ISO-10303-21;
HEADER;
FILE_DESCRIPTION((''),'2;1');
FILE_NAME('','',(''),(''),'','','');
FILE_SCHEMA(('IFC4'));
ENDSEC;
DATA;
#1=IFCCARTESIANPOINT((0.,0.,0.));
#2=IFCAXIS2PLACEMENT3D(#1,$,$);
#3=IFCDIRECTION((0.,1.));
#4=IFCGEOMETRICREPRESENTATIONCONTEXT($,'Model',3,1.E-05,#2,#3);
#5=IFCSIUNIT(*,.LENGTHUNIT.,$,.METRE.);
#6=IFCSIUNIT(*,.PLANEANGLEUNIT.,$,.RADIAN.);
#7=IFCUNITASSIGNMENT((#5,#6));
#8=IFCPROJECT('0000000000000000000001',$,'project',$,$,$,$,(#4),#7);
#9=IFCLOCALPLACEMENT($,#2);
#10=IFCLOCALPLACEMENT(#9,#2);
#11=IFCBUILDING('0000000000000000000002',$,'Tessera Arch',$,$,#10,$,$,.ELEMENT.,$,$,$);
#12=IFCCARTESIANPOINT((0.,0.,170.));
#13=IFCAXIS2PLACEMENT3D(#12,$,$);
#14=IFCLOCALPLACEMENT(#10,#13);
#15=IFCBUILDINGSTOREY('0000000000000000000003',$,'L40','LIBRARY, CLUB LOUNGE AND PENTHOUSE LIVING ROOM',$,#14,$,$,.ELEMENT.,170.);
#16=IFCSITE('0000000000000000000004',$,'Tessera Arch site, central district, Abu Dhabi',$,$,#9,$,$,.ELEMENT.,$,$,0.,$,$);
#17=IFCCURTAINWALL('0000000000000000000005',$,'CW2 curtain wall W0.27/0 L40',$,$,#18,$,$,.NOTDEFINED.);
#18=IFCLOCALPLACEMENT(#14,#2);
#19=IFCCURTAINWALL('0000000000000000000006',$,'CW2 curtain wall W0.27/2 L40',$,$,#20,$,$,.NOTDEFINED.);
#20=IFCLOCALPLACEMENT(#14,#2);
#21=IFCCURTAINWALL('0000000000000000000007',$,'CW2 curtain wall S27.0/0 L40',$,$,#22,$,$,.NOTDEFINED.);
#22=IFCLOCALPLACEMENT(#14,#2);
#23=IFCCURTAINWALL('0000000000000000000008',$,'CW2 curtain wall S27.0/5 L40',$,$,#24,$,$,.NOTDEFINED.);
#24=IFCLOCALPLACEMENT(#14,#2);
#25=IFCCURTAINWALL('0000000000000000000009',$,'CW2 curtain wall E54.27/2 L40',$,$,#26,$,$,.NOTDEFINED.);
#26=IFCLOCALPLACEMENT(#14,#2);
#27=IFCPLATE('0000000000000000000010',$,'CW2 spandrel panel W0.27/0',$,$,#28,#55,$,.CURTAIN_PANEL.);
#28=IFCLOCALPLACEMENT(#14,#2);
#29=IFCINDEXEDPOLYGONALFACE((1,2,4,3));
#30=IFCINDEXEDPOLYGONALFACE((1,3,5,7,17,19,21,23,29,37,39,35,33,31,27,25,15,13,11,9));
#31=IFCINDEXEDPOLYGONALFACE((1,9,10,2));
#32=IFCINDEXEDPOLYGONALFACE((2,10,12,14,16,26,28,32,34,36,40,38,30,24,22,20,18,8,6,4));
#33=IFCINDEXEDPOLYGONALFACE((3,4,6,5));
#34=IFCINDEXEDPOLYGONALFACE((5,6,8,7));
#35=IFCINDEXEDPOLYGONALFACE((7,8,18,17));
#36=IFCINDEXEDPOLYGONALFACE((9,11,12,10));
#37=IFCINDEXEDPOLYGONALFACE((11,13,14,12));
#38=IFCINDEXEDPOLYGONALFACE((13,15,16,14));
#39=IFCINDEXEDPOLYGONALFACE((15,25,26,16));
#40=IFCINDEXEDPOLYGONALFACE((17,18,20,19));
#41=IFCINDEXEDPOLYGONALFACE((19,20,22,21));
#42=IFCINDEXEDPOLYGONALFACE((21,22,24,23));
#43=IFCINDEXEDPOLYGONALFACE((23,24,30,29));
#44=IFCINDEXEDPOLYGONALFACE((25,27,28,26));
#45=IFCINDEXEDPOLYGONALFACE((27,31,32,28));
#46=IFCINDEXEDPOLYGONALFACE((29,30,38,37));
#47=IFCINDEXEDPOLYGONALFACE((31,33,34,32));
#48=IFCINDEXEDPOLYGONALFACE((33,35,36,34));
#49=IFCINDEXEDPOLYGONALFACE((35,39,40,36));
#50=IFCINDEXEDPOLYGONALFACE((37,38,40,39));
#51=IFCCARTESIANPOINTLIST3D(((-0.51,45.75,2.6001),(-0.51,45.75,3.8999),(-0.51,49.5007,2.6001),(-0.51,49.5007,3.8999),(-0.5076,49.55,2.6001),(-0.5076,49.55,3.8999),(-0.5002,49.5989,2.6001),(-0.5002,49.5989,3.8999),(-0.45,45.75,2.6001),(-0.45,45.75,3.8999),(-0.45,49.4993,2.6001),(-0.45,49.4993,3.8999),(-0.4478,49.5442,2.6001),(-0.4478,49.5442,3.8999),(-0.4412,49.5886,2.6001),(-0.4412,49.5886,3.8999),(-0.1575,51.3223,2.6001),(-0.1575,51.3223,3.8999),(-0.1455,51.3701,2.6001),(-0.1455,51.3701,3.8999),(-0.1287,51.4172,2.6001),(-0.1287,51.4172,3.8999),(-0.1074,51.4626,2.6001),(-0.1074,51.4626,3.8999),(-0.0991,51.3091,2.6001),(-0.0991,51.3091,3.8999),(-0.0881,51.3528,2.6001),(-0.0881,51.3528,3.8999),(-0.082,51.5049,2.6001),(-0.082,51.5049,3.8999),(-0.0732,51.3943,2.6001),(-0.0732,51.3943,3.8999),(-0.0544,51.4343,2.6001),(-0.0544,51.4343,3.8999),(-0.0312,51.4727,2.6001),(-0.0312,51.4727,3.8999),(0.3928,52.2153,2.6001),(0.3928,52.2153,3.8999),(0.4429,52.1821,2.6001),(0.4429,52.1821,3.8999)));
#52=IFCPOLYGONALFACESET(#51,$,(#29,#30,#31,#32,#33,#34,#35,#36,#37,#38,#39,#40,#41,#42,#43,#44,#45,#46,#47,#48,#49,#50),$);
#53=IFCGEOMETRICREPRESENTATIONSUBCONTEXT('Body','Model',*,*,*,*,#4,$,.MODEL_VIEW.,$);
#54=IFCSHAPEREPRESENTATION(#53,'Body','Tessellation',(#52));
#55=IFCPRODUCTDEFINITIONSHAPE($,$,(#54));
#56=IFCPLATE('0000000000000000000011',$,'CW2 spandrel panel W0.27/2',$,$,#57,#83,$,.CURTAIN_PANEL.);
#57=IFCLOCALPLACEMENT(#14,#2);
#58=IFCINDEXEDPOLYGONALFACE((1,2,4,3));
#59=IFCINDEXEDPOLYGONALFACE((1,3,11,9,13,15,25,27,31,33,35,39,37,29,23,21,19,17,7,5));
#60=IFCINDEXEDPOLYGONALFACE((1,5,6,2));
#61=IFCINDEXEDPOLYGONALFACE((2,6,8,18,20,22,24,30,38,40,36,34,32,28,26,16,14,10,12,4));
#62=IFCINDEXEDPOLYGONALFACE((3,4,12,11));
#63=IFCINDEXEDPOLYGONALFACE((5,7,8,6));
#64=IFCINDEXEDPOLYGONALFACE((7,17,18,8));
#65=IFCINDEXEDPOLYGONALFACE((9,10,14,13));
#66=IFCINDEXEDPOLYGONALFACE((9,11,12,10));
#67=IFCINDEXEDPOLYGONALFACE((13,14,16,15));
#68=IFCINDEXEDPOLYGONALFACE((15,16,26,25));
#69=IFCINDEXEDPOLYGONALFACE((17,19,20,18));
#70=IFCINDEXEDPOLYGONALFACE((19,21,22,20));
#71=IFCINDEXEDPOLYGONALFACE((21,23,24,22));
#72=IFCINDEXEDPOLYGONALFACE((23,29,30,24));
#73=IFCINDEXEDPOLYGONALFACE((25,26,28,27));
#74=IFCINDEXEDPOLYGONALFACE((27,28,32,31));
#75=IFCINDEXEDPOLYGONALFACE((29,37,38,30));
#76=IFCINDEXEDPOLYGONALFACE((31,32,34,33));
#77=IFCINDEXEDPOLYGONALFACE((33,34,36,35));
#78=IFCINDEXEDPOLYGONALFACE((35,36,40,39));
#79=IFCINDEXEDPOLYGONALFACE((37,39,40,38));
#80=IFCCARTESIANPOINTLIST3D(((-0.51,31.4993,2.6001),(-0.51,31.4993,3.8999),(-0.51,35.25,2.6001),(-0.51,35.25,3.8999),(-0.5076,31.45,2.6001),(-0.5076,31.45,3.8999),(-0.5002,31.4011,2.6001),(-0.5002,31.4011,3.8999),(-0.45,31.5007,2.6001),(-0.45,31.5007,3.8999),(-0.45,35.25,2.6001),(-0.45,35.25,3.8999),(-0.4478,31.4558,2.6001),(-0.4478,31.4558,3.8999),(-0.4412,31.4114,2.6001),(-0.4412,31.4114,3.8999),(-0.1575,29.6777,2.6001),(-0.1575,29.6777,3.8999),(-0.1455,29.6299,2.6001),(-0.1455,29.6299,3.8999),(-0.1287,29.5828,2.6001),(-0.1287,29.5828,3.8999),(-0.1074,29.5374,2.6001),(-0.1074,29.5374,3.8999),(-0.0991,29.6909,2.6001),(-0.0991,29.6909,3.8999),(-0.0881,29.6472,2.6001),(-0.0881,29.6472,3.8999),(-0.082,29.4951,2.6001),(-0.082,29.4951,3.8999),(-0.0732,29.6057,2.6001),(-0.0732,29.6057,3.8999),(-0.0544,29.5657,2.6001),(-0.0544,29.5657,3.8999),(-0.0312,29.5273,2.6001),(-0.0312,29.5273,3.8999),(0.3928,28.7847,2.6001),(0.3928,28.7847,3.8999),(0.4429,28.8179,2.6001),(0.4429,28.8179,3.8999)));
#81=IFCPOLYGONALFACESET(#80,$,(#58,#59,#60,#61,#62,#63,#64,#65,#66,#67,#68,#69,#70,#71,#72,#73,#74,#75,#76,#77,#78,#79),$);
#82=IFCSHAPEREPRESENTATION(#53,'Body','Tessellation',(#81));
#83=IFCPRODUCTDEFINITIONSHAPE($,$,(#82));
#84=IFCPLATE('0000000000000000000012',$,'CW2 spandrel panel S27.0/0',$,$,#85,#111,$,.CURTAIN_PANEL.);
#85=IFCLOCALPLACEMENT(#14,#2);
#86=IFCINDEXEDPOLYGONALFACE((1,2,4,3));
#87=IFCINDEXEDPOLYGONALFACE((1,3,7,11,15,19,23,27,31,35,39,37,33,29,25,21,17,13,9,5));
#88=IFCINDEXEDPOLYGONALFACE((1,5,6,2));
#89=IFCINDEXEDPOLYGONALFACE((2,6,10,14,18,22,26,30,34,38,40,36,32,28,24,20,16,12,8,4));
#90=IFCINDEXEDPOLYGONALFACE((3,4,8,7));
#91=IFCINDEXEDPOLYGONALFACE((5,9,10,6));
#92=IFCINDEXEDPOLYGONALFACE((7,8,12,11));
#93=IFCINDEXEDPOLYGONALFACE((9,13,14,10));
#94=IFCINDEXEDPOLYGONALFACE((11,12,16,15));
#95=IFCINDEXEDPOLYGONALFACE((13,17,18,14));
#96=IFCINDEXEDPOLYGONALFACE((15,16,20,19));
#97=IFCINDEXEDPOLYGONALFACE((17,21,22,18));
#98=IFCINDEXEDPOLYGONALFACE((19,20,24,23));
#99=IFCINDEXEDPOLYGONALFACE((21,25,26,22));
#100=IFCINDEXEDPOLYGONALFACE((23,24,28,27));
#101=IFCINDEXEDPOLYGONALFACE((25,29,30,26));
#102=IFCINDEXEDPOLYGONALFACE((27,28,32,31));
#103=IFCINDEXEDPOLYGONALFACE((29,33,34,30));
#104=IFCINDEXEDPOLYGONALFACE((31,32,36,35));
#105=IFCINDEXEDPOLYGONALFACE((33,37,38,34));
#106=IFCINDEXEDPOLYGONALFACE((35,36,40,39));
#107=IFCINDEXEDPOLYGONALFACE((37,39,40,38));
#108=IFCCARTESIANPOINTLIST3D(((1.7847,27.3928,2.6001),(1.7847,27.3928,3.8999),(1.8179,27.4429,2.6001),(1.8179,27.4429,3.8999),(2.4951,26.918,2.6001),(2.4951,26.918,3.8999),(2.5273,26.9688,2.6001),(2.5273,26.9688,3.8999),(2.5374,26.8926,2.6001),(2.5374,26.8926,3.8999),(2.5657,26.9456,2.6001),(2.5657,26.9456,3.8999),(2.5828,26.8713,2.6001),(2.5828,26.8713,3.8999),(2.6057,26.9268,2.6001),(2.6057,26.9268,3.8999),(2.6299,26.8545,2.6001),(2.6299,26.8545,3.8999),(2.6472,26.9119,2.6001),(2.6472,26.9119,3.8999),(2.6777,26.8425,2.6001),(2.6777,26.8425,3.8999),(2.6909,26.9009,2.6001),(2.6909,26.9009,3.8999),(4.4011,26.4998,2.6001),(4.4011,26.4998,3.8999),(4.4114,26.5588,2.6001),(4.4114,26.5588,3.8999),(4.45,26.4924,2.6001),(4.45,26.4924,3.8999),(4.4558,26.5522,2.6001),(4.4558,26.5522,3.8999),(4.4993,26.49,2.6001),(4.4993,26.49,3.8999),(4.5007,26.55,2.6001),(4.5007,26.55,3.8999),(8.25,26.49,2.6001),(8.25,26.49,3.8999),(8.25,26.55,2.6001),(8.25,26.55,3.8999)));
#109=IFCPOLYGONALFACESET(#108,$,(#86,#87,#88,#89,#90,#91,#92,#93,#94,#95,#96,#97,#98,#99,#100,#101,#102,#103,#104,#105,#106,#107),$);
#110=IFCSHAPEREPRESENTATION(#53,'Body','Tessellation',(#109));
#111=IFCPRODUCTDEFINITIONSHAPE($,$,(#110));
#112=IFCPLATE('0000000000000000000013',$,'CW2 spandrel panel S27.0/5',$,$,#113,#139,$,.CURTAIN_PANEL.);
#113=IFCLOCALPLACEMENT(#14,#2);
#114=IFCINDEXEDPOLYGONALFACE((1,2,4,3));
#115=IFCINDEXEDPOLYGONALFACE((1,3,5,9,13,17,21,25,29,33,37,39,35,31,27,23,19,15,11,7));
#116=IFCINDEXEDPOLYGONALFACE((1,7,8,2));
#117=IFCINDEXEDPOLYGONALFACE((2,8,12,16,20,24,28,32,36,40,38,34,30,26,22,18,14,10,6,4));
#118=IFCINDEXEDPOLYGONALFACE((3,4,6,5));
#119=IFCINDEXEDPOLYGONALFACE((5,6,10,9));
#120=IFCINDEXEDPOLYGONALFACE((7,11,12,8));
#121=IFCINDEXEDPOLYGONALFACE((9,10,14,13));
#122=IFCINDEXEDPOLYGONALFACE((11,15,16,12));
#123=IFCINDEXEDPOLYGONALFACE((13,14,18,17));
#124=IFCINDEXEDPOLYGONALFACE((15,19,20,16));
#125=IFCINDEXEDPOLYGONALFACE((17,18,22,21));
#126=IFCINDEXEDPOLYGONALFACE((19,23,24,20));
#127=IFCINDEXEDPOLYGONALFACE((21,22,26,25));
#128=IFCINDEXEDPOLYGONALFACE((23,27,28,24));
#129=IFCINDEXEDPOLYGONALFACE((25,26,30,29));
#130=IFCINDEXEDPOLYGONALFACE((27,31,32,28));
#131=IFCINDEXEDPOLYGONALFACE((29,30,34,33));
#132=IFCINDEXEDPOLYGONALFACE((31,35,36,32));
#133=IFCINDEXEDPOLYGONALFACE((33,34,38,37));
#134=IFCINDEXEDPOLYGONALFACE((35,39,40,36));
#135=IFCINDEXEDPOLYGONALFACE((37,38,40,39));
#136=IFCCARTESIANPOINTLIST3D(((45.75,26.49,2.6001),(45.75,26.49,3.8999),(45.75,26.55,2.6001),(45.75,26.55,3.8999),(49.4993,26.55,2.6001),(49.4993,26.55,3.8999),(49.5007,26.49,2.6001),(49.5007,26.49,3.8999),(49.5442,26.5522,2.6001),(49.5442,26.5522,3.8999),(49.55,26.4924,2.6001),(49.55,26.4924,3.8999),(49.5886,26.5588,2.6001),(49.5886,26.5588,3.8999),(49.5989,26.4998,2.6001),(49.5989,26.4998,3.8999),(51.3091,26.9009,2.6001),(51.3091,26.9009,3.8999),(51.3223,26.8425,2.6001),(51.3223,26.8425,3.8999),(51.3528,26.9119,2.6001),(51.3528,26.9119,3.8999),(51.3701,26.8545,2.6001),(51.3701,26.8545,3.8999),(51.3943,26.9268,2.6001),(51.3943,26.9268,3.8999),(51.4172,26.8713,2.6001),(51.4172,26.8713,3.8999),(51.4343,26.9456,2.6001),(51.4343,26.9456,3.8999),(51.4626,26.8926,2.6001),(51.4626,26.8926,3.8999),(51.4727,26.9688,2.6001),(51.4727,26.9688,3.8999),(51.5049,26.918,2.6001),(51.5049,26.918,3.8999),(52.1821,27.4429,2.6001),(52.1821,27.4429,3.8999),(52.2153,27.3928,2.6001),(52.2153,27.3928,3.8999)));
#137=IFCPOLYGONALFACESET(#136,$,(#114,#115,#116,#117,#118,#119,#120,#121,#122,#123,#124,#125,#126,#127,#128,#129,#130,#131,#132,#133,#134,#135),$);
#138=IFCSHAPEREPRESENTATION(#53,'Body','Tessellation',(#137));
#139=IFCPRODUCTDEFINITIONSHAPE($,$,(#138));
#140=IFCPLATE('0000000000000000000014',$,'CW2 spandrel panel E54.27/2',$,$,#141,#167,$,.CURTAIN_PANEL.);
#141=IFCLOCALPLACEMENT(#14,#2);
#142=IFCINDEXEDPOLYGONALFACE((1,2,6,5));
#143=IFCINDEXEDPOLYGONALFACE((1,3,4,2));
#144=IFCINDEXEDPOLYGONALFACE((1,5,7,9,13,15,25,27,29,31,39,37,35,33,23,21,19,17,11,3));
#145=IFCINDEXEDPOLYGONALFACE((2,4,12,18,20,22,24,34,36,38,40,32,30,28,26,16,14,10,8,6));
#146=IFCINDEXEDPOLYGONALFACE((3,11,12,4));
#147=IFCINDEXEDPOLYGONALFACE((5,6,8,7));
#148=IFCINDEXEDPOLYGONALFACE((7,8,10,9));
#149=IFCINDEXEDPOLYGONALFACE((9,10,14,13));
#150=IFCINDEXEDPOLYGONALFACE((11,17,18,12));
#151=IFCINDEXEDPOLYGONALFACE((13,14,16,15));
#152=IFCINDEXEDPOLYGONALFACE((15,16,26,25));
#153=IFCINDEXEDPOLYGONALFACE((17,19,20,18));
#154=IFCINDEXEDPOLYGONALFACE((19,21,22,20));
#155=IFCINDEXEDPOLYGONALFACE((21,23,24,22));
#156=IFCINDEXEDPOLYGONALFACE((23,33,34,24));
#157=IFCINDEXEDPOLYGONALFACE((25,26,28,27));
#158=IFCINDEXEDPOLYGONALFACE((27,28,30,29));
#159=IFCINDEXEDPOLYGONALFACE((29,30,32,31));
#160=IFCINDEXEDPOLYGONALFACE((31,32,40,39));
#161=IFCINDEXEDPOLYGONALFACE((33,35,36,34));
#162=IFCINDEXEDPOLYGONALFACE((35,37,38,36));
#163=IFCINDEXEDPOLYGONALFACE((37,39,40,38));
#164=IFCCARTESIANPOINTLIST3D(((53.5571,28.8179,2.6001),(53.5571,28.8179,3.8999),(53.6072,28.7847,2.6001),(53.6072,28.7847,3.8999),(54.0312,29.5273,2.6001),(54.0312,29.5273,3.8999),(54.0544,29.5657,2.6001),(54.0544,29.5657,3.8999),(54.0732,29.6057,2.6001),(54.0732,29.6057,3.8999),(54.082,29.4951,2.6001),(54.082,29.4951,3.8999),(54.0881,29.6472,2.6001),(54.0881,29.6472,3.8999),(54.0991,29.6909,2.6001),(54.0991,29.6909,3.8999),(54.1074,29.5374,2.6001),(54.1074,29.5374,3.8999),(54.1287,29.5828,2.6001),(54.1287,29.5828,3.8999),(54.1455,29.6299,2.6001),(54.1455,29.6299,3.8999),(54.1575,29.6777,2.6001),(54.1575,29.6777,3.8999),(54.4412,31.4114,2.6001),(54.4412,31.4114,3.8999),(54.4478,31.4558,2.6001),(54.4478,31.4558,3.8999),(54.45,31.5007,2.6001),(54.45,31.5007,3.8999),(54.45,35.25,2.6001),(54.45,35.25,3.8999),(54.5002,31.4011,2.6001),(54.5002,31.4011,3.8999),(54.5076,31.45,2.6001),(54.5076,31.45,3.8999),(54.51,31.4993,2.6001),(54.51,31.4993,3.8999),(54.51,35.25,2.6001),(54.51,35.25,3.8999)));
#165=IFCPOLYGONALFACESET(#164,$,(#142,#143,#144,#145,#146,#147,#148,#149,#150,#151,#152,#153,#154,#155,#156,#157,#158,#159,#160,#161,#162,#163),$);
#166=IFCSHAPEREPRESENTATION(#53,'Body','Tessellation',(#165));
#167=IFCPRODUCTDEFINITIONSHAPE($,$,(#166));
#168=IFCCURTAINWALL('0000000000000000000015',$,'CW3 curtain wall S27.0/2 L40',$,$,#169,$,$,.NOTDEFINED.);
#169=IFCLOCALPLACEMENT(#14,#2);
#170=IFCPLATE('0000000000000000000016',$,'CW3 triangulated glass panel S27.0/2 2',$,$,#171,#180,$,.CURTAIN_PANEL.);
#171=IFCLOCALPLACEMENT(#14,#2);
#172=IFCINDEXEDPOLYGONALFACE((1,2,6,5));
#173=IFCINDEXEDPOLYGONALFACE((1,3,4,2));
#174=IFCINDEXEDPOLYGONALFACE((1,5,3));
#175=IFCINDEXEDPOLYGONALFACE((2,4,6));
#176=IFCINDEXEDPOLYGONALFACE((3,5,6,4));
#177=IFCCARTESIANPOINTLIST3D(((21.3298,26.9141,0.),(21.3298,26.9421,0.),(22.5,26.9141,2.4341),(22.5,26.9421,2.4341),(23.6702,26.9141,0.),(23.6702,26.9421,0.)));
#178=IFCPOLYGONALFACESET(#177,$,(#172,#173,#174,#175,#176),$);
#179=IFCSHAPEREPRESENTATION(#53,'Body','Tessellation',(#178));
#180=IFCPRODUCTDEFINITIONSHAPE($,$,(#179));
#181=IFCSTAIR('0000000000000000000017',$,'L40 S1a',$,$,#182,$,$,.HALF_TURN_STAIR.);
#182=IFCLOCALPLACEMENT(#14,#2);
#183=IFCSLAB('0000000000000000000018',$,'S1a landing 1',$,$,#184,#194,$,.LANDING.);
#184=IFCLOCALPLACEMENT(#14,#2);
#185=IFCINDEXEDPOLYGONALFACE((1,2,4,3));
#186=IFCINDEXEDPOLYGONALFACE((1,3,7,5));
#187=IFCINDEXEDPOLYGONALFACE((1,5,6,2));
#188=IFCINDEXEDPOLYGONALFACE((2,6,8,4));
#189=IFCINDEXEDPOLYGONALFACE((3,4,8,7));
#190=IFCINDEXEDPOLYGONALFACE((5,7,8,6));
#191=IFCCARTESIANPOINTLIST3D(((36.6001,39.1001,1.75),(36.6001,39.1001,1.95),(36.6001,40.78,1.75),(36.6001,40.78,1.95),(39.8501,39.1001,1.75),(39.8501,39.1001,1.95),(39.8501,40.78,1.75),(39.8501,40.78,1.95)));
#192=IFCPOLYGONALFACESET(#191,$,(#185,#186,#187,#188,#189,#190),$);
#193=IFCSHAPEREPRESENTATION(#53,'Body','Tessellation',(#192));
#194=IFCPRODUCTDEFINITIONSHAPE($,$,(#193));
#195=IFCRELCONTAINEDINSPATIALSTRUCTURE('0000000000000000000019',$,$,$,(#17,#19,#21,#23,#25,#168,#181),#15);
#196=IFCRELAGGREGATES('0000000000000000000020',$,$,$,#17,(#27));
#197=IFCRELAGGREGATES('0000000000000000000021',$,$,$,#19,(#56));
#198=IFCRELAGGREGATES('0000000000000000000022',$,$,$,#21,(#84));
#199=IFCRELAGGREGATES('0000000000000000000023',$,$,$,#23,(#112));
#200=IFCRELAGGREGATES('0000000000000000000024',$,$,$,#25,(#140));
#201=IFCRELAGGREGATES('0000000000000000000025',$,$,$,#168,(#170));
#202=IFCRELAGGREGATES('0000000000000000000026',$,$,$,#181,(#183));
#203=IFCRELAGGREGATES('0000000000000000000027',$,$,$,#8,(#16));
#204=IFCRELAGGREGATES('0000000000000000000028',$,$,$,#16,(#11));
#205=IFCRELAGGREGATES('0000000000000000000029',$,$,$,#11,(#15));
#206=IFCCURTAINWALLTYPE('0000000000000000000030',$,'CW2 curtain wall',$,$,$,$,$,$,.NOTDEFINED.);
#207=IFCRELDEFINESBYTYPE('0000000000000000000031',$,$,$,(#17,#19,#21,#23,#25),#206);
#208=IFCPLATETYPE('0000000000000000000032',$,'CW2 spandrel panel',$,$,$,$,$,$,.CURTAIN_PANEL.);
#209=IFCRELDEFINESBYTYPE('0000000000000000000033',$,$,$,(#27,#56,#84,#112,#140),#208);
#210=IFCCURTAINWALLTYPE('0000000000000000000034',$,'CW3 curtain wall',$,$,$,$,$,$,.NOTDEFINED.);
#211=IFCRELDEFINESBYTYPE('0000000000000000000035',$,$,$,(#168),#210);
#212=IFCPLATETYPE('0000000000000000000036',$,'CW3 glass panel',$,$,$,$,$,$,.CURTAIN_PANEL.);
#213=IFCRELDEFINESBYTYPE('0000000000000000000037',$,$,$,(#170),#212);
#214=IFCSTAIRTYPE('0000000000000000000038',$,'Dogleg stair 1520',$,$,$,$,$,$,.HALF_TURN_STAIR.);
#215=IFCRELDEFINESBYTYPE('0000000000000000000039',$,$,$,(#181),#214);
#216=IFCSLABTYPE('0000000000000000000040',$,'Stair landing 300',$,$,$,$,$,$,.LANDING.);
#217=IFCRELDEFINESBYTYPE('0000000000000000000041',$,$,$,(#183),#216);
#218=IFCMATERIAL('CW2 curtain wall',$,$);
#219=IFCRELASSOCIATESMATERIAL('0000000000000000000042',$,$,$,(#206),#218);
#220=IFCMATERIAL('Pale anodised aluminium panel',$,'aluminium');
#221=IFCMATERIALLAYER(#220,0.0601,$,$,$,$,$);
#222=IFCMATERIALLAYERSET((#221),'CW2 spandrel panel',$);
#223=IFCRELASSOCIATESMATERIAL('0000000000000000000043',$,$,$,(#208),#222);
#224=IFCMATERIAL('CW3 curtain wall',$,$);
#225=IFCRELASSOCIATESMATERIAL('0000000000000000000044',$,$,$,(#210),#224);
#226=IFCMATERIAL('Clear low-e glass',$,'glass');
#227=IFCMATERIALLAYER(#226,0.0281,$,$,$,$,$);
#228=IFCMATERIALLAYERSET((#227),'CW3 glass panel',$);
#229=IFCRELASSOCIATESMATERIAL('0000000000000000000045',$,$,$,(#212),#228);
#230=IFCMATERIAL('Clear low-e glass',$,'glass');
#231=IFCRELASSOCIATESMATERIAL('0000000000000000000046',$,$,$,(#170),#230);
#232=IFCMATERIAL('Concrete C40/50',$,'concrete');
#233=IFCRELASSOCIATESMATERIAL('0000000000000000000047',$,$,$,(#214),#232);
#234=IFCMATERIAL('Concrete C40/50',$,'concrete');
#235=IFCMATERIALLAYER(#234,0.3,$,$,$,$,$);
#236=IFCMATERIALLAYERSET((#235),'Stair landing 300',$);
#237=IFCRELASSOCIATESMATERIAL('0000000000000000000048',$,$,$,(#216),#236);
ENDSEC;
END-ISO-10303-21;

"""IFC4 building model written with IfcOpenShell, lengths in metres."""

from ifc_helpers import new_model, si_unit, direction, frame, origin, place, context, subcontext, project, spatial, polyline, outline, extrude, material, layer, layer_set, type_object, element, aggregate, save


model = new_model("IFC4")

# Units and contexts
model_context = context("Model", 3, precision=1e-05, world=origin(), true_north=direction((0.0, 1.0)))
body_context = subcontext(model_context, "Body", "Model", "MODEL_VIEW")
ifc_project = project(units=[si_unit("LENGTHUNIT", "METRE"), si_unit("PLANEANGLEUNIT", "RADIAN")], contexts=[model_context])

# Site, building, storey
site_placement = place(None, origin())
site = spatial("IfcSite", under=ifc_project, at=site_placement, Name="Tessera Arch site, central district, Abu Dhabi", CompositionType="ELEMENT", RefElevation=0.0)
building_placement = place(site_placement, origin())
building = spatial("IfcBuilding", under=site, at=building_placement, Name="Tessera Arch", CompositionType="ELEMENT")
storey_placement = place(building_placement, frame((0.0, 0.0, 170.0)))
storey = spatial("IfcBuildingStorey", under=building, at=storey_placement, Name="L40", Description="LIBRARY, CLUB LOUNGE AND PENTHOUSE LIVING ROOM", CompositionType="ELEMENT", Elevation=170.0)

# Curtain walls
ifc_material_1 = material(Name="CW2 curtain wall")
curtain_wall_type_1 = type_object("IfcCurtainWallType", Name="CW2 curtain wall", PredefinedType="NOTDEFINED", material=ifc_material_1)
curtain_wall_1_placement = place(storey_placement, origin())
curtain_wall_1 = element("IfcCurtainWall", 1, at=curtain_wall_1_placement, inside=storey, type_object=curtain_wall_type_1, Name="CW2 curtain wall W0.27/0 L40", PredefinedType="NOTDEFINED")
curtain_wall_2_placement = place(storey_placement, origin())
curtain_wall_2 = element("IfcCurtainWall", 2, at=curtain_wall_2_placement, inside=storey, type_object=curtain_wall_type_1, Name="CW2 curtain wall W0.27/2 L40", PredefinedType="NOTDEFINED")
curtain_wall_3_placement = place(storey_placement, origin())
curtain_wall_3 = element("IfcCurtainWall", 3, at=curtain_wall_3_placement, inside=storey, type_object=curtain_wall_type_1, Name="CW2 curtain wall S27.0/0 L40", PredefinedType="NOTDEFINED")
curtain_wall_4_placement = place(storey_placement, origin())
curtain_wall_4 = element("IfcCurtainWall", 4, at=curtain_wall_4_placement, inside=storey, type_object=curtain_wall_type_1, Name="CW2 curtain wall S27.0/5 L40", PredefinedType="NOTDEFINED")
curtain_wall_5_placement = place(storey_placement, origin())
curtain_wall_5 = element("IfcCurtainWall", 5, at=curtain_wall_5_placement, inside=storey, type_object=curtain_wall_type_1, Name="CW2 curtain wall E54.27/2 L40", PredefinedType="NOTDEFINED")

# Plates
ifc_material_2 = material(Name="Clear low-e glass", Category="glass")
ifc_material_3 = material(Name="Pale anodised aluminium panel", Category="aluminium")
ifc_layer_1 = layer(ifc_material_3, 0.0601)
ifc_layer_set_1 = layer_set([ifc_layer_1], Name="CW2 spandrel panel")
plate_type_1 = type_object("IfcPlateType", Name="CW2 spandrel panel", PredefinedType="CURTAIN_PANEL", material=ifc_layer_set_1)
plate_1_placement = place(storey_placement, frame((0.0, 0.0, 2.6001)))
plate_1 = element("IfcPlate", 6, at=plate_1_placement, type_object=plate_type_1, Name="CW2 spandrel panel W0.27/0", PredefinedType="CURTAIN_PANEL", context=body_context, shape_type="SweptSolid", body=[
    extrude(outline(polyline([(-0.0312, 51.4727), (0.4429, 52.1821), (0.3928, 52.2153), (-0.082, 51.5049), (-0.1074, 51.4626), (-0.1287, 51.4172), (-0.1455, 51.3701), (-0.1575, 51.3223), (-0.5002, 49.5989), (-0.5076, 49.55), (-0.51, 49.5007), (-0.51, 45.75), (-0.45, 45.75), (-0.45, 49.4993), (-0.4478, 49.5442), (-0.4412, 49.5886), (-0.0991, 51.3091), (-0.0881, 51.3528), (-0.0732, 51.3943), (-0.0544, 51.4343), (-0.0312, 51.4727)])), origin(), (0.0, 0.0, 1.0), 1.2998),
])
aggregate(curtain_wall_1, [plate_1])
plate_2_placement = place(storey_placement, frame((0.0, 0.0, 2.6001)))
plate_2 = element("IfcPlate", 7, at=plate_2_placement, type_object=plate_type_1, Name="CW2 spandrel panel W0.27/2", PredefinedType="CURTAIN_PANEL", context=body_context, shape_type="SweptSolid", body=[
    extrude(outline(polyline([(-0.45, 31.5007), (-0.45, 35.25), (-0.51, 35.25), (-0.51, 31.4993), (-0.5076, 31.45), (-0.5002, 31.4011), (-0.1575, 29.6777), (-0.1455, 29.6299), (-0.1287, 29.5828), (-0.1074, 29.5374), (-0.082, 29.4951), (0.3928, 28.7847), (0.4429, 28.8179), (-0.0312, 29.5273), (-0.0544, 29.5657), (-0.0732, 29.6057), (-0.0881, 29.6472), (-0.0991, 29.6909), (-0.4412, 31.4114), (-0.4478, 31.4558), (-0.45, 31.5007)])), origin(), (0.0, 0.0, 1.0), 1.2998),
])
aggregate(curtain_wall_2, [plate_2])
plate_3_placement = place(storey_placement, frame((0.0, 0.0, 2.6001)))
plate_3 = element("IfcPlate", 8, at=plate_3_placement, type_object=plate_type_1, Name="CW2 spandrel panel S27.0/0", PredefinedType="CURTAIN_PANEL", context=body_context, shape_type="SweptSolid", body=[
    extrude(outline(polyline([(2.5273, 26.9688), (1.8179, 27.4429), (1.7847, 27.3928), (2.4951, 26.918), (2.5374, 26.8926), (2.5828, 26.8713), (2.6299, 26.8545), (2.6777, 26.8425), (4.4011, 26.4998), (4.45, 26.4924), (4.4993, 26.49), (8.25, 26.49), (8.25, 26.55), (4.5007, 26.55), (4.4558, 26.5522), (4.4114, 26.5588), (2.6909, 26.9009), (2.6472, 26.9119), (2.6057, 26.9268), (2.5657, 26.9456), (2.5273, 26.9688)])), origin(), (0.0, 0.0, 1.0), 1.2998),
])
aggregate(curtain_wall_3, [plate_3])
plate_4_placement = place(storey_placement, frame((0.0, 0.0, 2.6001)))
plate_4 = element("IfcPlate", 9, at=plate_4_placement, type_object=plate_type_1, Name="CW2 spandrel panel S27.0/5", PredefinedType="CURTAIN_PANEL", context=body_context, shape_type="SweptSolid", body=[
    extrude(outline(polyline([(49.4993, 26.55), (45.75, 26.55), (45.75, 26.49), (49.5007, 26.49), (49.55, 26.4924), (49.5989, 26.4998), (51.3223, 26.8425), (51.3701, 26.8545), (51.4172, 26.8713), (51.4626, 26.8926), (51.5049, 26.918), (52.2153, 27.3928), (52.1821, 27.4429), (51.4727, 26.9688), (51.4343, 26.9456), (51.3943, 26.9268), (51.3528, 26.9119), (51.3091, 26.9009), (49.5886, 26.5588), (49.5442, 26.5522), (49.4993, 26.55)])), origin(), (0.0, 0.0, 1.0), 1.2998),
])
aggregate(curtain_wall_4, [plate_4])
plate_5_placement = place(storey_placement, frame((0.0, 0.0, 2.6001)))
plate_5 = element("IfcPlate", 10, at=plate_5_placement, type_object=plate_type_1, Name="CW2 spandrel panel E54.27/2", PredefinedType="CURTAIN_PANEL", context=body_context, shape_type="SweptSolid", body=[
    extrude(outline(polyline([(54.0312, 29.5273), (53.5571, 28.8179), (53.6072, 28.7847), (54.082, 29.4951), (54.1074, 29.5374), (54.1287, 29.5828), (54.1455, 29.6299), (54.1575, 29.6777), (54.5002, 31.4011), (54.5076, 31.45), (54.51, 31.4993), (54.51, 35.25), (54.45, 35.25), (54.45, 31.5007), (54.4478, 31.4558), (54.4412, 31.4114), (54.0991, 29.6909), (54.0881, 29.6472), (54.0732, 29.6057), (54.0544, 29.5657), (54.0312, 29.5273)])), origin(), (0.0, 0.0, 1.0), 1.2998),
])
aggregate(curtain_wall_5, [plate_5])

# Curtain wall, plate
ifc_material_4 = material(Name="CW3 curtain wall")
curtain_wall_type_2 = type_object("IfcCurtainWallType", Name="CW3 curtain wall", PredefinedType="NOTDEFINED", material=ifc_material_4)
curtain_wall_6_placement = place(storey_placement, origin())
curtain_wall_6 = element("IfcCurtainWall", 11, at=curtain_wall_6_placement, inside=storey, type_object=curtain_wall_type_2, Name="CW3 curtain wall S27.0/2 L40", PredefinedType="NOTDEFINED")
ifc_material_5 = material(Name="Clear low-e glass", Category="glass")
ifc_layer_2 = layer(ifc_material_5, 0.0281)
ifc_layer_set_2 = layer_set([ifc_layer_2], Name="CW3 glass panel")
plate_type_2 = type_object("IfcPlateType", Name="CW3 glass panel", PredefinedType="CURTAIN_PANEL", material=ifc_layer_set_2)
plate_6_placement = place(storey_placement, frame((21.3298, 26.9141, 0.0), z_axis=(0.0, -1.0, 0.0), x_axis=(1.0, 0.0, 0.0)))
plate_6 = element("IfcPlate", 12, at=plate_6_placement, type_object=plate_type_2, material=ifc_material_2, Name="CW3 triangulated glass panel S27.0/2 2", PredefinedType="CURTAIN_PANEL", context=body_context, shape_type="SweptSolid", body=[
    extrude(outline(polyline([(0.0, 0.0), (2.3403, 0.0), (1.1702, 2.4341), (0.0, 0.0)])), origin(), (0.0, 0.0, -1.0), 0.0281),
])
aggregate(curtain_wall_6, [plate_6])

# Stair, slab
ifc_material_6 = material(Name="Concrete C40/50", Category="concrete")
stair_type_1 = type_object("IfcStairType", Name="Dogleg stair 1520", PredefinedType="HALF_TURN_STAIR", material=ifc_material_6)
stair_1_placement = place(storey_placement, origin())
stair_1 = element("IfcStair", 13, at=stair_1_placement, inside=storey, type_object=stair_type_1, Name="L40 S1a", PredefinedType="HALF_TURN_STAIR")
ifc_material_7 = material(Name="Concrete C40/50", Category="concrete")
ifc_layer_3 = layer(ifc_material_7, 0.3)
ifc_layer_set_3 = layer_set([ifc_layer_3], Name="Stair landing 300")
slab_type_1 = type_object("IfcSlabType", Name="Stair landing 300", PredefinedType="LANDING", material=ifc_layer_set_3)
slab_1_placement = place(storey_placement, frame((0.0, 0.0, 1.75)))
slab_1 = element("IfcSlab", 14, at=slab_1_placement, type_object=slab_type_1, Name="S1a landing 1", PredefinedType="LANDING", context=body_context, shape_type="SweptSolid", body=[
    extrude(outline(polyline([(36.6001, 40.78), (36.6001, 39.1001), (39.8501, 39.1001), (39.8501, 40.78), (36.6001, 40.78)])), origin(), (0.0, 0.0, 1.0), 0.2),
])
aggregate(stair_1, [slab_1])

save(model, "model.ifc")
